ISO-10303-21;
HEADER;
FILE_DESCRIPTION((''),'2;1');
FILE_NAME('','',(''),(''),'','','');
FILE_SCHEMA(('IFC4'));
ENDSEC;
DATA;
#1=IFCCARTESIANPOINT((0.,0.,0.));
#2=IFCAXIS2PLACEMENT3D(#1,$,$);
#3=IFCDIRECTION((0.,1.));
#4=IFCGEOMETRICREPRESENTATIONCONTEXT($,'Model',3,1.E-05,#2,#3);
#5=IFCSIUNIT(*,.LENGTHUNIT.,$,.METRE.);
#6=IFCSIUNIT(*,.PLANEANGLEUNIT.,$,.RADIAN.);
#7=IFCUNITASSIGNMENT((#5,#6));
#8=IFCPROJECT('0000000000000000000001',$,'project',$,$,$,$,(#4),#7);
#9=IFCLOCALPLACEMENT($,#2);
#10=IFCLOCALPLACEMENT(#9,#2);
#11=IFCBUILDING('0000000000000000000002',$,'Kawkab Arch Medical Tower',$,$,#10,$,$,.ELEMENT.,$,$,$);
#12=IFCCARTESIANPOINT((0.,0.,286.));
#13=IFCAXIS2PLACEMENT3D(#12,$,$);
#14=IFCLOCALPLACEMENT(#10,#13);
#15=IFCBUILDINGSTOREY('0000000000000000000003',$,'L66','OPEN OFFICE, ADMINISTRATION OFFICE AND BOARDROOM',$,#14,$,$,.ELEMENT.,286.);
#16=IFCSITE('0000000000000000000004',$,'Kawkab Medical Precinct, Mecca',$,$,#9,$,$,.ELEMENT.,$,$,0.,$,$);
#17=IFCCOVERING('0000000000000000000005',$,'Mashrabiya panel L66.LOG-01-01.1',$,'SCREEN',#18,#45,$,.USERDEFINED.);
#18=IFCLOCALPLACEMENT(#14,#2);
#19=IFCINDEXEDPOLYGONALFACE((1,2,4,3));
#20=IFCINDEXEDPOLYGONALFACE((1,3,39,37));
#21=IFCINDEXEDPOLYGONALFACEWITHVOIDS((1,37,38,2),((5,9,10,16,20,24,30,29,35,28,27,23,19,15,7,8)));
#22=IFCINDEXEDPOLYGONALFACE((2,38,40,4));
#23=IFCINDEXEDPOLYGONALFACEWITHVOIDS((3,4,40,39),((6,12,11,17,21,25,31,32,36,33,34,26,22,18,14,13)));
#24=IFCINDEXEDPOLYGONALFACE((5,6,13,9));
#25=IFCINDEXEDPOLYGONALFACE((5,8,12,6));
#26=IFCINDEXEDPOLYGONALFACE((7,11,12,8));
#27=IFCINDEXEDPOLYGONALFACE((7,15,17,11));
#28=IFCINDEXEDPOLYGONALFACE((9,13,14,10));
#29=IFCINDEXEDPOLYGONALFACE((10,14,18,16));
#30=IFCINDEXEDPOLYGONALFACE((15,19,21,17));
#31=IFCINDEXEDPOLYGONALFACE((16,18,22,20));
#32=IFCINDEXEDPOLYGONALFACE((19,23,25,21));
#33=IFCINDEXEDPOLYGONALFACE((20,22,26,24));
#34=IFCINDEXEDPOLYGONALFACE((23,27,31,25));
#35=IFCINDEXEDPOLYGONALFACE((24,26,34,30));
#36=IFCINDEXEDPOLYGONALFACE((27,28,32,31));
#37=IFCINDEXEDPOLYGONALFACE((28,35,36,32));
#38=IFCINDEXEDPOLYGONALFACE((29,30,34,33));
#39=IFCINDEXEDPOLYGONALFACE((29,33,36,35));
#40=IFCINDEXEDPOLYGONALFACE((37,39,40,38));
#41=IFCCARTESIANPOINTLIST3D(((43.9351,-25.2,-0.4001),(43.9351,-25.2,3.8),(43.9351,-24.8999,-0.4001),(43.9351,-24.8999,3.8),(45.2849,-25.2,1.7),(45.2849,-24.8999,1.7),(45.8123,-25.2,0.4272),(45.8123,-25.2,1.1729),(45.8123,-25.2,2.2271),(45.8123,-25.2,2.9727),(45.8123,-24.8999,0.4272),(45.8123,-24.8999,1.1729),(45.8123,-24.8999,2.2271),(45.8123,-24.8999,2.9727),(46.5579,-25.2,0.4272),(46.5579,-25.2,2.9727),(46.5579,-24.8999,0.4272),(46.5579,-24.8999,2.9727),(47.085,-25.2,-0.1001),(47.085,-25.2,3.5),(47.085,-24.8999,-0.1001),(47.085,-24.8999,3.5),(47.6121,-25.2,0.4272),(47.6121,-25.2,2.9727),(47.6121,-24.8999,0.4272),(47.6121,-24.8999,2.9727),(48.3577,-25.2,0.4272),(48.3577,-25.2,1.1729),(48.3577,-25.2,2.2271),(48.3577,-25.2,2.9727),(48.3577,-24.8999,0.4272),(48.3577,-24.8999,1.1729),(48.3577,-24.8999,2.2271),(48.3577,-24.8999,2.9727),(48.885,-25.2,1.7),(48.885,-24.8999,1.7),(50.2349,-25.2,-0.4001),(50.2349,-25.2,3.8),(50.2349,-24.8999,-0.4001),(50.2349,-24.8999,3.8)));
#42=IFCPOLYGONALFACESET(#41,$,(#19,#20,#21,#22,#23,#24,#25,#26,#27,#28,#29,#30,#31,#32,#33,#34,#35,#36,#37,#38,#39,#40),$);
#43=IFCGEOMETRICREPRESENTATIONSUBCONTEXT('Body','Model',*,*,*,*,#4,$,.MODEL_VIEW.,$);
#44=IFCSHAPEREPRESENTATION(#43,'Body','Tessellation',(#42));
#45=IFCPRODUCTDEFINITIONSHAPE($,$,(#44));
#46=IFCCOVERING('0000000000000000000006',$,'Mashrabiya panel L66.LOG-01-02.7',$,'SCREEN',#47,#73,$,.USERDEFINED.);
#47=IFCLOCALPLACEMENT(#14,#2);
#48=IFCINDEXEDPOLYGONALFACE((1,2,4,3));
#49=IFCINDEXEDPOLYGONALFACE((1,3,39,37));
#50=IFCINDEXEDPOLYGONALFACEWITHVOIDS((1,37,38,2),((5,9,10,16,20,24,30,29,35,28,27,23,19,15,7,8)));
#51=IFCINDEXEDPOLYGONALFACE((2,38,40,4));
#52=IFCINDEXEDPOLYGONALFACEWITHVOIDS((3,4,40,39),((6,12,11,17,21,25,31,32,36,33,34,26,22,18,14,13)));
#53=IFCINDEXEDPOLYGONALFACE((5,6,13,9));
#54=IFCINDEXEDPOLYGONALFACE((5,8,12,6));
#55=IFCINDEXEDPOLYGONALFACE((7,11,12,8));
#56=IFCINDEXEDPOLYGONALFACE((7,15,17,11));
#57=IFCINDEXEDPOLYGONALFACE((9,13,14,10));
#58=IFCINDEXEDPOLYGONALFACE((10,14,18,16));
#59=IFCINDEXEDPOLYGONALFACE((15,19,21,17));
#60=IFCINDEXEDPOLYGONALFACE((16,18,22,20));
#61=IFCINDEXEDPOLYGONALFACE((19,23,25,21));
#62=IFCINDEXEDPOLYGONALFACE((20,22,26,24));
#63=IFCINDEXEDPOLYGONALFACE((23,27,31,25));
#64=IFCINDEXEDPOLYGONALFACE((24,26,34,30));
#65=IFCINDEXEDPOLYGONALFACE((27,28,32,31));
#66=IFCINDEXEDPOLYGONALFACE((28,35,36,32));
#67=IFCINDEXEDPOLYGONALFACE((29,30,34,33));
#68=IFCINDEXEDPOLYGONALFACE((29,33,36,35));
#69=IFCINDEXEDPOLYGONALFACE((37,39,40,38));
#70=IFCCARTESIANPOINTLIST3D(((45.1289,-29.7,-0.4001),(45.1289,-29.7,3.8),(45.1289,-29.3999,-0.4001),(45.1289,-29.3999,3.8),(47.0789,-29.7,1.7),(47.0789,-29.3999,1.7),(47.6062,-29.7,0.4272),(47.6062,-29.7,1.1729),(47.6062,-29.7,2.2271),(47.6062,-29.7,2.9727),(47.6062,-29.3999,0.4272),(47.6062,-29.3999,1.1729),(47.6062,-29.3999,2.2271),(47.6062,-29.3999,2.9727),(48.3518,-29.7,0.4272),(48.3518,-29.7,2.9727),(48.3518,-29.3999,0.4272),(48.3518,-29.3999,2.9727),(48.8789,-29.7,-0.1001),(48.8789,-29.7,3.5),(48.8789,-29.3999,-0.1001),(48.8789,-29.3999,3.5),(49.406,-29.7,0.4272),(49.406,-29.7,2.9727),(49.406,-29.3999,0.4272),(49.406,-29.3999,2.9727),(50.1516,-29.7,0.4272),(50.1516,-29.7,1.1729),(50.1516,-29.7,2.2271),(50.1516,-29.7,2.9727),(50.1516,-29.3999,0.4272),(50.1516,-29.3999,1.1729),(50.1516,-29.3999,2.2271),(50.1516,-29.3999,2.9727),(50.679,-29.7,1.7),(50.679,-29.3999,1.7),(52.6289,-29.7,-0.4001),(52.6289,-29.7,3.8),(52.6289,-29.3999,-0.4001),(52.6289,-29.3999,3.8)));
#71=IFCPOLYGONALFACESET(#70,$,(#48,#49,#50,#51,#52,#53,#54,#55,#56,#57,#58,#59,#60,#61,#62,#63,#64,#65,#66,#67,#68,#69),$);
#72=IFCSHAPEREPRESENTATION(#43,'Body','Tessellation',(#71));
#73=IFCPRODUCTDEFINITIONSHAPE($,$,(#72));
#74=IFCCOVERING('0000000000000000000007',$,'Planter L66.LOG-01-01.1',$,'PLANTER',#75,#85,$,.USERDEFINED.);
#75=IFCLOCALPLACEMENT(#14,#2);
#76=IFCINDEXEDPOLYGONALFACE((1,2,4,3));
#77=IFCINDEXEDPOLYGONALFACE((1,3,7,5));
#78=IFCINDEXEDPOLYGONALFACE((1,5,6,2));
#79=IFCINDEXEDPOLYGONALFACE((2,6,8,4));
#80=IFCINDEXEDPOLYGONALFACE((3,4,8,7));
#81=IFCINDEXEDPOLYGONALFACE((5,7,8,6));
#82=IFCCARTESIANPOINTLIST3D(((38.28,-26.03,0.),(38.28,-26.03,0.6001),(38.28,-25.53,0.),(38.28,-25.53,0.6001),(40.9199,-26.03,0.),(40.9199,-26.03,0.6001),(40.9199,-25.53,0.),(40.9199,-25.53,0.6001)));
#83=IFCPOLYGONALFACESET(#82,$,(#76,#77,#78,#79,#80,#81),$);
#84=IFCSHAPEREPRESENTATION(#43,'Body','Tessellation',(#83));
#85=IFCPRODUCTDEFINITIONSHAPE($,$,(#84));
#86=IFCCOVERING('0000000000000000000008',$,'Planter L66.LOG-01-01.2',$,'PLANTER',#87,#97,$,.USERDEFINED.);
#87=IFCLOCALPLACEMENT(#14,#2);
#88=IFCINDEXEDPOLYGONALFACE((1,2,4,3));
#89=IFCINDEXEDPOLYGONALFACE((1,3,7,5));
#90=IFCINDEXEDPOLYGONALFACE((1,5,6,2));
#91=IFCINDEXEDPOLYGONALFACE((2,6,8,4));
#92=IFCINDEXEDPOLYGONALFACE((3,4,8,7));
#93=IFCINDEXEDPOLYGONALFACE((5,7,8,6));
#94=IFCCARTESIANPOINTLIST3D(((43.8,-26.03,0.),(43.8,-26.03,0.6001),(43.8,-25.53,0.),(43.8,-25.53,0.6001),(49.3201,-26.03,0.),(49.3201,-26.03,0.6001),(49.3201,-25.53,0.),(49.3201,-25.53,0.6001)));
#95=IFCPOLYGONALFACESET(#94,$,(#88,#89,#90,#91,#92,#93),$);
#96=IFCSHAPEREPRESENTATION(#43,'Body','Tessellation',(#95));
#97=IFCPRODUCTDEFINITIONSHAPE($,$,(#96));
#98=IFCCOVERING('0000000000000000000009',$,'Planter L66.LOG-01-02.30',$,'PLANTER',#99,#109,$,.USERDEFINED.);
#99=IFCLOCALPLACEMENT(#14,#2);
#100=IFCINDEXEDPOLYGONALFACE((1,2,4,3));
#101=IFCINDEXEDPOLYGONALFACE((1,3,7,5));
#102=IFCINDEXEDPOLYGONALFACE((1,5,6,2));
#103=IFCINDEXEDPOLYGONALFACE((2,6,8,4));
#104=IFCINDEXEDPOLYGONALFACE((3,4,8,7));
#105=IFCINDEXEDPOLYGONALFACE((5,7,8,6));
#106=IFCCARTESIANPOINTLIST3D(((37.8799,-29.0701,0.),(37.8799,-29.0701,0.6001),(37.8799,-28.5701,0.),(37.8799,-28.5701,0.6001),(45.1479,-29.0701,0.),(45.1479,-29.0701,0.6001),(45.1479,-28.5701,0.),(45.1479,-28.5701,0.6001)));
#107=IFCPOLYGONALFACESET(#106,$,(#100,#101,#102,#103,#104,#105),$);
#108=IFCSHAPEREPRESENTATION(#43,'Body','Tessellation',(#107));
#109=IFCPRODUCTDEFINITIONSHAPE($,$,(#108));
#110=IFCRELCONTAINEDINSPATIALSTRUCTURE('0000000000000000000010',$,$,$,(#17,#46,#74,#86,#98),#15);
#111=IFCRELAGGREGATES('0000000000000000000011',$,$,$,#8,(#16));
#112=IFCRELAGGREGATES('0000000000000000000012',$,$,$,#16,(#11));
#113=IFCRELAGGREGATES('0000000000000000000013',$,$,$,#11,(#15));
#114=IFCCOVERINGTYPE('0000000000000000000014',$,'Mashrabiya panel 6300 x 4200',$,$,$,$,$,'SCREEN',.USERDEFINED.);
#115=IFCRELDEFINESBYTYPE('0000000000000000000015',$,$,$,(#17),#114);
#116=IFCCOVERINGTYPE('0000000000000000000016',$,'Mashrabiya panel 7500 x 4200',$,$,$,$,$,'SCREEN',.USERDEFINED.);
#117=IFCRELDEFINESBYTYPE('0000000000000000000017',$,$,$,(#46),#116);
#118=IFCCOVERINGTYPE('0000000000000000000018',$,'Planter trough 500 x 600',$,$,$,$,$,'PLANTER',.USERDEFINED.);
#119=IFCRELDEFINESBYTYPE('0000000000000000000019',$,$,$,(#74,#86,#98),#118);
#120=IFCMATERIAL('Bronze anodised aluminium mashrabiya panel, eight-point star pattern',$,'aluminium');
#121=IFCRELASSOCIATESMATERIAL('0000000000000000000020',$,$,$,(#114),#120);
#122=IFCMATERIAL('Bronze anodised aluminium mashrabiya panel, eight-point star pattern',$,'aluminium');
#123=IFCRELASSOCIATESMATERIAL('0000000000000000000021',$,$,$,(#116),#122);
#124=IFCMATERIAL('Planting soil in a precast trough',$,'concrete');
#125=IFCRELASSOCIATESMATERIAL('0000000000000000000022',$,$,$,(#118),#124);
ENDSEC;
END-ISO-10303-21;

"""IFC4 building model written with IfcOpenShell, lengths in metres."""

from ifc_helpers import new_model, si_unit, direction, frame, origin, origin_2d, place, context, subcontext, project, spatial, polyline, rectangle, outline, extrude, material, material_profile, profile_set, type_object, element, save


model = new_model("IFC4")

# Units and contexts
model_context = context("Model", 3, precision=1e-05, world=origin(), true_north=direction((0.0, 1.0)))
body_context = subcontext(model_context, "Body", "Model", "MODEL_VIEW")
ifc_project = project(units=[si_unit("LENGTHUNIT", "METRE"), si_unit("PLANEANGLEUNIT", "RADIAN")], contexts=[model_context])

# Site, building, storey
site_placement = place(None, origin())
site = spatial("IfcSite", under=ifc_project, at=site_placement, Name="Kawkab Medical Precinct, Mecca", CompositionType="ELEMENT", RefElevation=0.0)
building_placement = place(site_placement, origin())
building = spatial("IfcBuilding", under=site, at=building_placement, Name="Kawkab Arch Medical Tower", CompositionType="ELEMENT")
storey_placement = place(building_placement, frame((0.0, 0.0, 286.0)))
storey = spatial("IfcBuildingStorey", under=building, at=storey_placement, Name="L66", Description="OPEN OFFICE, ADMINISTRATION OFFICE AND BOARDROOM", CompositionType="ELEMENT", Elevation=286.0)

# Coverings
ifc_material_1 = material(Name="Bronze anodised aluminium mashrabiya panel, eight-point star pattern", Category="aluminium")
ifc_material_profile_1 = material_profile(ifc_material_1, outline(polyline([(-3.1499, -2.1001), (3.1499, -2.1001), (3.1499, 2.1001), (-3.1499, 2.1001), (-3.1499, -2.1001)]), holes=[polyline([(1.8, 0.0), (1.2727, 0.5271), (1.2727, 1.2727), (0.5271, 1.2727), (0.0, 1.8), (-0.5271, 1.2727), (-1.2727, 1.2727), (-1.2727, 0.5271), (-1.8, 0.0), (-1.2727, -0.5271), (-1.2727, -1.2727), (-0.5271, -1.2727), (0.0, -1.8), (0.5271, -1.2727), (1.2727, -1.2727), (1.2727, -0.5271), (1.8, 0.0)])]), Name="Mashrabiya panel 6300x4200")
ifc_profile_set_1 = profile_set([ifc_material_profile_1], Name="Bronze anodised aluminium mashrabiya panel, eight-point star pattern")
covering_type_1 = type_object("IfcCoveringType", Name="Mashrabiya panel 6300 x 4200", ElementType="SCREEN", PredefinedType="USERDEFINED", material=ifc_profile_set_1)
covering_1_placement = place(storey_placement, frame((47.085, -25.2, 1.7), z_axis=(0.0, 1.0, 0.0), x_axis=(-1.0, 0.0, 0.0)))
element("IfcCovering", 1, at=covering_1_placement, inside=storey, type_object=covering_type_1, Name="Mashrabiya panel L66.LOG-01-01.1", ObjectType="SCREEN", PredefinedType="USERDEFINED", context=body_context, shape_type="SweptSolid", body=[
    extrude(outline(polyline([(-3.1499, -2.1001), (3.1499, -2.1001), (3.1499, 2.1001), (-3.1499, 2.1001), (-3.1499, -2.1001)]), holes=[polyline([(1.8, 0.0), (1.2727, 0.5271), (1.2727, 1.2727), (0.5271, 1.2727), (0.0, 1.8), (-0.5271, 1.2727), (-1.2727, 1.2727), (-1.2727, 0.5271), (-1.8, 0.0), (-1.2727, -0.5271), (-1.2727, -1.2727), (-0.5271, -1.2727), (0.0, -1.8), (0.5271, -1.2727), (1.2727, -1.2727), (1.2727, -0.5271), (1.8, 0.0)])]), origin(), (0.0, 0.0, 1.0), 0.3),
])
ifc_material_2 = material(Name="Bronze anodised aluminium mashrabiya panel, eight-point star pattern", Category="aluminium")
ifc_material_profile_2 = material_profile(ifc_material_2, outline(polyline([(-3.75, -2.1001), (3.75, -2.1001), (3.75, 2.1001), (-3.75, 2.1001), (-3.75, -2.1001)]), holes=[polyline([(1.8, 0.0), (1.2727, 0.5271), (1.2727, 1.2727), (0.5271, 1.2727), (0.0, 1.8), (-0.5271, 1.2727), (-1.2727, 1.2727), (-1.2727, 0.5271), (-1.8, 0.0), (-1.2727, -0.5271), (-1.2727, -1.2727), (-0.5271, -1.2727), (0.0, -1.8), (0.5271, -1.2727), (1.2727, -1.2727), (1.2727, -0.5271), (1.8, 0.0)])]), Name="Mashrabiya panel 7500x4200")
ifc_profile_set_2 = profile_set([ifc_material_profile_2], Name="Bronze anodised aluminium mashrabiya panel, eight-point star pattern")
covering_type_2 = type_object("IfcCoveringType", Name="Mashrabiya panel 7500 x 4200", ElementType="SCREEN", PredefinedType="USERDEFINED", material=ifc_profile_set_2)
covering_2_placement = place(storey_placement, frame((48.8789, -29.3999, 1.7), z_axis=(0.0, -1.0, 0.0), x_axis=(1.0, 0.0, 0.0)))
element("IfcCovering", 2, at=covering_2_placement, inside=storey, type_object=covering_type_2, Name="Mashrabiya panel L66.LOG-01-02.7", ObjectType="SCREEN", PredefinedType="USERDEFINED", context=body_context, shape_type="SweptSolid", body=[
    extrude(outline(polyline([(-3.75, -2.1001), (3.75, -2.1001), (3.75, 2.1001), (-3.75, 2.1001), (-3.75, -2.1001)]), holes=[polyline([(1.8, 0.0), (1.2727, 0.5271), (1.2727, 1.2727), (0.5271, 1.2727), (0.0, 1.8), (-0.5271, 1.2727), (-1.2727, 1.2727), (-1.2727, 0.5271), (-1.8, 0.0), (-1.2727, -0.5271), (-1.2727, -1.2727), (-0.5271, -1.2727), (0.0, -1.8), (0.5271, -1.2727), (1.2727, -1.2727), (1.2727, -0.5271), (1.8, 0.0)])]), origin(), (0.0, 0.0, 1.0), 0.3),
])
ifc_material_3 = material(Name="Planting soil in a precast trough", Category="concrete")
ifc_material_profile_3 = material_profile(ifc_material_3, rectangle(XDim=0.5, YDim=0.6001, at=origin_2d()), Name="Trough 500x600")
ifc_profile_set_3 = profile_set([ifc_material_profile_3], Name="Planting soil in a precast trough")
covering_type_3 = type_object("IfcCoveringType", Name="Planter trough 500 x 600", ElementType="PLANTER", PredefinedType="USERDEFINED", material=ifc_profile_set_3)
covering_3_placement = place(storey_placement, frame((38.28, -25.78, 0.3), z_axis=(1.0, 0.0, 0.0), x_axis=(0.0, 1.0, 0.0)))
element("IfcCovering", 3, at=covering_3_placement, inside=storey, type_object=covering_type_3, Name="Planter L66.LOG-01-01.1", ObjectType="PLANTER", PredefinedType="USERDEFINED", context=body_context, shape_type="SweptSolid", body=[
    extrude(rectangle(XDim=0.5, YDim=0.6001, at=origin_2d()), origin(), (0.0, 0.0, 1.0), 2.6399),
])
covering_4_placement = place(storey_placement, frame((43.8, -25.78, 0.3), z_axis=(1.0, 0.0, 0.0), x_axis=(0.0, 1.0, 0.0)))
element("IfcCovering", 4, at=covering_4_placement, inside=storey, type_object=covering_type_3, Name="Planter L66.LOG-01-01.2", ObjectType="PLANTER", PredefinedType="USERDEFINED", context=body_context, shape_type="SweptSolid", body=[
    extrude(rectangle(XDim=0.5, YDim=0.6001, at=origin_2d()), origin(), (0.0, 0.0, 1.0), 5.52),
])
covering_5_placement = place(storey_placement, frame((45.1479, -28.8201, 0.3), z_axis=(-1.0, 0.0, 0.0), x_axis=(0.0, -1.0, 0.0)))
element("IfcCovering", 5, at=covering_5_placement, inside=storey, type_object=covering_type_3, Name="Planter L66.LOG-01-02.30", ObjectType="PLANTER", PredefinedType="USERDEFINED", context=body_context, shape_type="SweptSolid", body=[
    extrude(rectangle(XDim=0.5, YDim=0.6001, at=origin_2d()), origin(), (0.0, 0.0, 1.0), 7.2681),
])

save(model, "model.ifc")
